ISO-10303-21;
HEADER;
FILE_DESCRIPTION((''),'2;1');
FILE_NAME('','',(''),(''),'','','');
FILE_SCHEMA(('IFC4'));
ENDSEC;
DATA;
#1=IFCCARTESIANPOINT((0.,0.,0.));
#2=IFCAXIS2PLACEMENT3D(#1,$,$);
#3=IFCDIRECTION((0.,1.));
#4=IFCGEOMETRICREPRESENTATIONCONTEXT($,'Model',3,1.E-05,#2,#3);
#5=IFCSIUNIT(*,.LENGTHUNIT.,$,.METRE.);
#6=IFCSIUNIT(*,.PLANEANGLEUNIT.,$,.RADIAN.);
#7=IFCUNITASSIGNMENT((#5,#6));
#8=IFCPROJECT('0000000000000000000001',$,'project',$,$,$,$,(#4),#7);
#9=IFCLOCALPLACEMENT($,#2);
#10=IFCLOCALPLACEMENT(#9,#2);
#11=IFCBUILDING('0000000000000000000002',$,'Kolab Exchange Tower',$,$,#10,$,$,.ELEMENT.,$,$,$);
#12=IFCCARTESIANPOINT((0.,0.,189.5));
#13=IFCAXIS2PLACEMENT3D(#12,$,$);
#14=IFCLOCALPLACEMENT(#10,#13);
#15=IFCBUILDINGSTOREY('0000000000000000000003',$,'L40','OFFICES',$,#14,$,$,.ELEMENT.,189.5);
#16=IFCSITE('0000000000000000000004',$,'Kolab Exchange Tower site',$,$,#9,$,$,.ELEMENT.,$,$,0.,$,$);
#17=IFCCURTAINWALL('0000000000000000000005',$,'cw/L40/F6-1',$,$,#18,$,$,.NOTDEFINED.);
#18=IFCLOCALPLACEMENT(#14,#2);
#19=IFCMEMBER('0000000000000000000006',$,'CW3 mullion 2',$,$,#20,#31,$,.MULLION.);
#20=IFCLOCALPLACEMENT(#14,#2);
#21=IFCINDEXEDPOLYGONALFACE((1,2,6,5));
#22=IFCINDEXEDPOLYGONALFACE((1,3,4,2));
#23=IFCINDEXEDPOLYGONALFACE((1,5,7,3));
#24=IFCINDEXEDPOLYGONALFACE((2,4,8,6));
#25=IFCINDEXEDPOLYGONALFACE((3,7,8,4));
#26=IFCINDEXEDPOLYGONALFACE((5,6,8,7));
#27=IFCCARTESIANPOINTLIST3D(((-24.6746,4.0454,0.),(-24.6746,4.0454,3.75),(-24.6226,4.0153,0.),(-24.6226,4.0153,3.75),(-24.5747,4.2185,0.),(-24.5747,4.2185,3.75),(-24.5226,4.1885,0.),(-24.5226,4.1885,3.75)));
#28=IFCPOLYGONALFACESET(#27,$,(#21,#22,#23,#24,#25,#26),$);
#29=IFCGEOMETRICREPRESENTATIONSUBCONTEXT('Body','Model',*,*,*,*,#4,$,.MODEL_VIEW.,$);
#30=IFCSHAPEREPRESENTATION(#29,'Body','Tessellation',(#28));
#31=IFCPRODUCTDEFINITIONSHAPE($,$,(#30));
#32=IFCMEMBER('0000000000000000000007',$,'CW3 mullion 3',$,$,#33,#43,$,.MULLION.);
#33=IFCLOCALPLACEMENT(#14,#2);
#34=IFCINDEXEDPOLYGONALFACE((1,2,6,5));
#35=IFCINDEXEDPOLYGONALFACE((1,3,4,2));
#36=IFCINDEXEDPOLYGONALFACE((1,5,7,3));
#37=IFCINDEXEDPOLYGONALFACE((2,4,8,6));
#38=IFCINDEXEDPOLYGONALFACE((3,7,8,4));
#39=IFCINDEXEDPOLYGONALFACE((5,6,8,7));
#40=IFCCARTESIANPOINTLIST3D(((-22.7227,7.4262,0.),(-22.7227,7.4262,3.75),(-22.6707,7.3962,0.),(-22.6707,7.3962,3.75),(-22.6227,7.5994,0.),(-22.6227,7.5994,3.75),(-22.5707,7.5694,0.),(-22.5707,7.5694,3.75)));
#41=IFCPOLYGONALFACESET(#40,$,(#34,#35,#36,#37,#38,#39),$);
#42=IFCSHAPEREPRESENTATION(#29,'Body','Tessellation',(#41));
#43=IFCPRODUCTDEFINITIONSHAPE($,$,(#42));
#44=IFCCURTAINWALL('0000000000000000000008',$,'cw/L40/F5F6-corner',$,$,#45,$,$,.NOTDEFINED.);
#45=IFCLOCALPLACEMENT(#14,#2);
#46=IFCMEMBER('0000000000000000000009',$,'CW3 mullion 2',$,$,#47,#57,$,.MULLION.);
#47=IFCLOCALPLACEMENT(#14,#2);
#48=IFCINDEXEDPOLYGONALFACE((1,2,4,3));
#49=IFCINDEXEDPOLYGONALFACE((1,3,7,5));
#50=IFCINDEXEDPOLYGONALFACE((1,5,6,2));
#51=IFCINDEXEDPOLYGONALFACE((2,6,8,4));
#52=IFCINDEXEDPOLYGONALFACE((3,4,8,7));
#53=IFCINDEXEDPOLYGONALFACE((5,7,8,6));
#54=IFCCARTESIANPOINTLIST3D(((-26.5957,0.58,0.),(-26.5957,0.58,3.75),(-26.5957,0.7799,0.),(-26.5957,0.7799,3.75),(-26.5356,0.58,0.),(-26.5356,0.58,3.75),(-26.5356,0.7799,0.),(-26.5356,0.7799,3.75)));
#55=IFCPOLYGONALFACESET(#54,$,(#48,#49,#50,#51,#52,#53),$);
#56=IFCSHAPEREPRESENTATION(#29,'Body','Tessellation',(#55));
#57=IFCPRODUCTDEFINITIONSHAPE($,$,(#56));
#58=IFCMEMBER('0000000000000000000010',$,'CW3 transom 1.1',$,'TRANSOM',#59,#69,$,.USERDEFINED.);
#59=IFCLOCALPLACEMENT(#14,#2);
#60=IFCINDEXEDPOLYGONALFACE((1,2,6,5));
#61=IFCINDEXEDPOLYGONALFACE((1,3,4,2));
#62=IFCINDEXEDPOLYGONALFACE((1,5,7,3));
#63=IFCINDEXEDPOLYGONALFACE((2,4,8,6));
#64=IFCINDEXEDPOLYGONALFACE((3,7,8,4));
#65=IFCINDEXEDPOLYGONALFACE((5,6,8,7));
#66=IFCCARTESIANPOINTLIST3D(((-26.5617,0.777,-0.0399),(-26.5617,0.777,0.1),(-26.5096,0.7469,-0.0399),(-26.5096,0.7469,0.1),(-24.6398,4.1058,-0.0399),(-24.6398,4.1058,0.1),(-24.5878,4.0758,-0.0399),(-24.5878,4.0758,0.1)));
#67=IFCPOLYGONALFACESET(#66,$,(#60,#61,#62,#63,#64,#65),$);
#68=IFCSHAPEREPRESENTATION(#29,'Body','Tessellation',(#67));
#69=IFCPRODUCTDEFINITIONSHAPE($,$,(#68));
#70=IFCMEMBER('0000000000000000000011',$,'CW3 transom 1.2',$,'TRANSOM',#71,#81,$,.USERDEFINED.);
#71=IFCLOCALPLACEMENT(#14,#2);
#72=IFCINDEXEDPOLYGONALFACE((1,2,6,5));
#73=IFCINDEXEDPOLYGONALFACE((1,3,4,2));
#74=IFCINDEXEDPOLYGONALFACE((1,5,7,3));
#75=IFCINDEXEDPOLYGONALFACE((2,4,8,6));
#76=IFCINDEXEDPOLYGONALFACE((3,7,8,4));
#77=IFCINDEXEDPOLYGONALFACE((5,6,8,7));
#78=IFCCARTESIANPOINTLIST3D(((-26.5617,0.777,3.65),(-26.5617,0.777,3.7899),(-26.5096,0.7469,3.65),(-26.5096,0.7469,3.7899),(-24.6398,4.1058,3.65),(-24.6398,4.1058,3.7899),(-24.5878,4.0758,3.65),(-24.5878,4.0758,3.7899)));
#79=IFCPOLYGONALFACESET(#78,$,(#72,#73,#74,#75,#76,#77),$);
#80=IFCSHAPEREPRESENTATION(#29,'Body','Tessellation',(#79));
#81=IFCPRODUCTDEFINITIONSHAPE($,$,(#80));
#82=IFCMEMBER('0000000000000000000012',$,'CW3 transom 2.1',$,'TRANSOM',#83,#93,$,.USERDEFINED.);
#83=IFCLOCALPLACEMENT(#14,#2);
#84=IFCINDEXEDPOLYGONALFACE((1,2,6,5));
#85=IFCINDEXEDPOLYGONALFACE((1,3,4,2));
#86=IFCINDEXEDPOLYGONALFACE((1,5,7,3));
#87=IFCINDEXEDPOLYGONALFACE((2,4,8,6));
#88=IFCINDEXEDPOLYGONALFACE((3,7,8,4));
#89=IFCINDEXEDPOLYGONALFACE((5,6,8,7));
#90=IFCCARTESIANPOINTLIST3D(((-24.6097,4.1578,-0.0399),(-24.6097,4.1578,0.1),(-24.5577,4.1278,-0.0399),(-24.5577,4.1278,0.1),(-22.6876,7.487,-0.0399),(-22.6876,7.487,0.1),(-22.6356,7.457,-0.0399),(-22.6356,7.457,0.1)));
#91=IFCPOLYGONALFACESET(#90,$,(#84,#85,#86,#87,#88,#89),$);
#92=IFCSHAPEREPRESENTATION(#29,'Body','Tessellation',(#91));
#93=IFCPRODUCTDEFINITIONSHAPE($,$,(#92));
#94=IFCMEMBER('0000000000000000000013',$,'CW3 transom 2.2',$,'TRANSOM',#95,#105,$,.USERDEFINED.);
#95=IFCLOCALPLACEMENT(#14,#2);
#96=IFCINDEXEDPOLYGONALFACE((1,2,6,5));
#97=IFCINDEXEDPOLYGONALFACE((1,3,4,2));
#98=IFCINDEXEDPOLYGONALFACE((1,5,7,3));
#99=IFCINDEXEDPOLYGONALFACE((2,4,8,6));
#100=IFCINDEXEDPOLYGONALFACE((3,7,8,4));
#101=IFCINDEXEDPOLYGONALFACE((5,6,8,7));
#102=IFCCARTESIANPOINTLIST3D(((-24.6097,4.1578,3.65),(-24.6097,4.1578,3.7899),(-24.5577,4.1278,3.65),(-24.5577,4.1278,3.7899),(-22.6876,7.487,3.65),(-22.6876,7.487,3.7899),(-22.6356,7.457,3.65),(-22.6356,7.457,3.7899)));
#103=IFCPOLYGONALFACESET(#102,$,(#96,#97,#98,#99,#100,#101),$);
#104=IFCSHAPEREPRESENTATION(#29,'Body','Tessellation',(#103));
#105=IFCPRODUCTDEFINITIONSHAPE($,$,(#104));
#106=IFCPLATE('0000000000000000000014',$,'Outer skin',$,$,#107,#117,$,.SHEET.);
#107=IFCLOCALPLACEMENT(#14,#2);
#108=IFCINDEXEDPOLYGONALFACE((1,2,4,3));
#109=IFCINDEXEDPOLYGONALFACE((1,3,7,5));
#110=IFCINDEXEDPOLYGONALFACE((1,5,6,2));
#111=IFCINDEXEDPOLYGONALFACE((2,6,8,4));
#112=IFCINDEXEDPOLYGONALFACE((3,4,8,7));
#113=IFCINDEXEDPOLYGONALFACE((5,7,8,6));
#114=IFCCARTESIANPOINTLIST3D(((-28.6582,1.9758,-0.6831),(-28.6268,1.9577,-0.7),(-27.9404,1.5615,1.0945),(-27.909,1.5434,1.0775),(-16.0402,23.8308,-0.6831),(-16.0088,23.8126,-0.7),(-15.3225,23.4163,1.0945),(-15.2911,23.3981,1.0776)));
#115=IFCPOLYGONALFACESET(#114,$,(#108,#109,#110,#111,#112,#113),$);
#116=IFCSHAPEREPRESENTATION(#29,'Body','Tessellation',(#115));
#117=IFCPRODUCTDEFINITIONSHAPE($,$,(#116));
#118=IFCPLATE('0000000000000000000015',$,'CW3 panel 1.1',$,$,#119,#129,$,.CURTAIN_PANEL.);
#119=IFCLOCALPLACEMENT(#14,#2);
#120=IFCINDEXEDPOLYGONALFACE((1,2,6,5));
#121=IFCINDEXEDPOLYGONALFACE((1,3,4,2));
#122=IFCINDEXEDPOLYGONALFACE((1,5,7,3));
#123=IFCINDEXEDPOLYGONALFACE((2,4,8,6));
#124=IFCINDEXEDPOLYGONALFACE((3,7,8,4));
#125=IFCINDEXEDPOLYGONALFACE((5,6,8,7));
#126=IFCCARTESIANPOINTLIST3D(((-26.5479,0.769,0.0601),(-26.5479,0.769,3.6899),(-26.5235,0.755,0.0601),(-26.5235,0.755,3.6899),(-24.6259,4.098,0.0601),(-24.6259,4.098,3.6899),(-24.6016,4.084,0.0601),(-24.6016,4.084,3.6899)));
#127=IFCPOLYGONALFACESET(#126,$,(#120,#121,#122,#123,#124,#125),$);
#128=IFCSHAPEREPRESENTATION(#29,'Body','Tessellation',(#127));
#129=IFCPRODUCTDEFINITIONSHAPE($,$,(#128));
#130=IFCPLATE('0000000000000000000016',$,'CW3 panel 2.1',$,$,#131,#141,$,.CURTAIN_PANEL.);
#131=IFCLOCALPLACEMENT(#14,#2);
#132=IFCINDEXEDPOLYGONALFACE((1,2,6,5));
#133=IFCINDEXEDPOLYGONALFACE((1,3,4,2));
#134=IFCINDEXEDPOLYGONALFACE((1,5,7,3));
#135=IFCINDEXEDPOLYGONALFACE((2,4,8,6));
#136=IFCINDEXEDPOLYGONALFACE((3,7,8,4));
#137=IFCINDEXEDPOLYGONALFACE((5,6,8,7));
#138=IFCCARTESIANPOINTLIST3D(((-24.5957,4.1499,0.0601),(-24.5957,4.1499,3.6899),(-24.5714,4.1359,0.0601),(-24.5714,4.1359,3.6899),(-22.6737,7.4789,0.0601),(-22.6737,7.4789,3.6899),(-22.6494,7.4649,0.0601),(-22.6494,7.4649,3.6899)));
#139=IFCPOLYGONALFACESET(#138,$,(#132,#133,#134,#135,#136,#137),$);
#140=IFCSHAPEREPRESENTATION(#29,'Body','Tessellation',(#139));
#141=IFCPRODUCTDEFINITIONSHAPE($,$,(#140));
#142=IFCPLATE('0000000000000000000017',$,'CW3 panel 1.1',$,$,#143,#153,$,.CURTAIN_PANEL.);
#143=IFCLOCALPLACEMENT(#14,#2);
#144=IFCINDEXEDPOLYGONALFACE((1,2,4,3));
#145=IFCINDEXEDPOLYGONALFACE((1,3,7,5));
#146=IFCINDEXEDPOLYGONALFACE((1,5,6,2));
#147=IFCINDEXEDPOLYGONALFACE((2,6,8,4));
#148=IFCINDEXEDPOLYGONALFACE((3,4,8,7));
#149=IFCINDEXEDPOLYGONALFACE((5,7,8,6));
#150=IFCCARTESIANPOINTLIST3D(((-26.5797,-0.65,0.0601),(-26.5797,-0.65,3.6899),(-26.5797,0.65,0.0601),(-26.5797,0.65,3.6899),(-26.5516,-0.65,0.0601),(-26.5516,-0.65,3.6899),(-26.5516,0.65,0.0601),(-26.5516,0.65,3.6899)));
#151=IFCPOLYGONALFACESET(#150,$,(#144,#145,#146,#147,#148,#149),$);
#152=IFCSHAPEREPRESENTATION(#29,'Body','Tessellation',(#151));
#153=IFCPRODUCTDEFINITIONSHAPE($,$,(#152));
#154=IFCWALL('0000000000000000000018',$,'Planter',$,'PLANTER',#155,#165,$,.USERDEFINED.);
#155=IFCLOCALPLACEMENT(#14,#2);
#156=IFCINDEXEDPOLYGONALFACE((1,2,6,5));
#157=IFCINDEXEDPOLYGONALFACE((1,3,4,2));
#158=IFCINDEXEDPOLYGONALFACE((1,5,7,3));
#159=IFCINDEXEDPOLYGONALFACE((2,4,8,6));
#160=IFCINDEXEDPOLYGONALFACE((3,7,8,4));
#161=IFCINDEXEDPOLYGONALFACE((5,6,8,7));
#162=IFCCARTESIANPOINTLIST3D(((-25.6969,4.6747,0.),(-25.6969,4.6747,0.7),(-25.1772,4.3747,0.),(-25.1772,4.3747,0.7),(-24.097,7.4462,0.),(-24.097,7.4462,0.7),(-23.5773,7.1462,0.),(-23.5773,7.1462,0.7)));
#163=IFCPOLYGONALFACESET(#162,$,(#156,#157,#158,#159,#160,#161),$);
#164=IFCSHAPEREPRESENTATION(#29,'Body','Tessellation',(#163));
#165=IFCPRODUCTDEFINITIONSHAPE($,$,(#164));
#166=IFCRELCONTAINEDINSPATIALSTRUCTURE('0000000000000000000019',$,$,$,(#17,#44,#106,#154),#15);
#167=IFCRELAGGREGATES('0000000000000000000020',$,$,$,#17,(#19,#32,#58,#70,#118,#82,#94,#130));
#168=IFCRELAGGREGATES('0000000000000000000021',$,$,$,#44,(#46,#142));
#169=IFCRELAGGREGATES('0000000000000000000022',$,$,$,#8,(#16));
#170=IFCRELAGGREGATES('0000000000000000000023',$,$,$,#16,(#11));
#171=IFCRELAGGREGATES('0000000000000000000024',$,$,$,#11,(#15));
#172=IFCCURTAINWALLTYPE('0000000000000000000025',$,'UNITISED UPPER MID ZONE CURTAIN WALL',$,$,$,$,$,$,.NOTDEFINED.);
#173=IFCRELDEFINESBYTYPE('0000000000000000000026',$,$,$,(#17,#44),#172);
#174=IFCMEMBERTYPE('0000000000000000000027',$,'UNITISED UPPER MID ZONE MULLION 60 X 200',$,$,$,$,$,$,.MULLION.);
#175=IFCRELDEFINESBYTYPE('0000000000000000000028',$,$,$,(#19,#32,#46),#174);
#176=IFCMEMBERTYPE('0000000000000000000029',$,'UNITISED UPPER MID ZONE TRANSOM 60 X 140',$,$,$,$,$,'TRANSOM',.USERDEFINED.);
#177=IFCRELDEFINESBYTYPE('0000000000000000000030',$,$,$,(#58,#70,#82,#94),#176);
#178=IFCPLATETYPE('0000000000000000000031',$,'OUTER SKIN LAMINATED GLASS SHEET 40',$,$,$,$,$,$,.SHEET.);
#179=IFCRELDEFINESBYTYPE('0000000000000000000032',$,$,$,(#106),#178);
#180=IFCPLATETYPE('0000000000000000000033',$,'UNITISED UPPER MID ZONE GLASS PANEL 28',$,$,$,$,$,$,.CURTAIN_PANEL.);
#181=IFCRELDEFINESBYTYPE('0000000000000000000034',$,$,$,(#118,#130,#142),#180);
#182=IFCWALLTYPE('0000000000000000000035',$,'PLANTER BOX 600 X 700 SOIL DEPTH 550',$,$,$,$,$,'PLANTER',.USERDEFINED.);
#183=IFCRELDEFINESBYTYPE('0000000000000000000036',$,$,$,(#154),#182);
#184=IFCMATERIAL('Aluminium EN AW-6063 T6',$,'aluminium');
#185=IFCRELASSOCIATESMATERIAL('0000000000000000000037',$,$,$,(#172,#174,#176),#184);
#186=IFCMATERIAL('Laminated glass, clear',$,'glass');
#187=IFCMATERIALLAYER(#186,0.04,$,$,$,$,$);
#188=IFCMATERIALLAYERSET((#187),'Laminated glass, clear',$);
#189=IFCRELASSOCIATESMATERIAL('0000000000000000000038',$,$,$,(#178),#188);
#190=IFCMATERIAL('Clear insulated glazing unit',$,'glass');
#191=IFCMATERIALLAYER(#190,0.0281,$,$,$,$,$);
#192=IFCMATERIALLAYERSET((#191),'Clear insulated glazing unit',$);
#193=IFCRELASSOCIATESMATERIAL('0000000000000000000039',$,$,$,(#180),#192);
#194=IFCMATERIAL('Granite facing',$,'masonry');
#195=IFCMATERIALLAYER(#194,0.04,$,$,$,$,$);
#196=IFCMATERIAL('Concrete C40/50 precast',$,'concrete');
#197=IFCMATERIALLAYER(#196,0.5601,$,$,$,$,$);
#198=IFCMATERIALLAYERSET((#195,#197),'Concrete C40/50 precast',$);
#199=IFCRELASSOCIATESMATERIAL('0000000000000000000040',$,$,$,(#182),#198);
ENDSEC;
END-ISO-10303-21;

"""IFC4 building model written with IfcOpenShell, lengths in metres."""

from ifc_helpers import new_model, si_unit, direction, frame, frame_2d, origin, origin_2d, place, context, subcontext, project, spatial, polyline, rectangle, outline, extrude, material, layer, layer_set, material_profile, profile_set, type_object, element, aggregate, save


model = new_model("IFC4")

# Units and contexts
model_context = context("Model", 3, precision=1e-05, world=origin(), true_north=direction((0.0, 1.0)))
body_context = subcontext(model_context, "Body", "Model", "MODEL_VIEW")
ifc_project = project(units=[si_unit("LENGTHUNIT", "METRE"), si_unit("PLANEANGLEUNIT", "RADIAN")], contexts=[model_context])

# Site, building, storey
site_placement = place(None, origin())
site = spatial("IfcSite", under=ifc_project, at=site_placement, Name="Kolab Exchange Tower site", CompositionType="ELEMENT", RefElevation=0.0)
building_placement = place(site_placement, origin())
building = spatial("IfcBuilding", under=site, at=building_placement, Name="Kolab Exchange Tower", CompositionType="ELEMENT")
storey_placement = place(building_placement, frame((0.0, 0.0, 189.5)))
storey = spatial("IfcBuildingStorey", under=building, at=storey_placement, Name="L40", Description="OFFICES", CompositionType="ELEMENT", Elevation=189.5)

# Curtain wall, members
ifc_material_1 = material(Name="Aluminium EN AW-6063 T6", Category="aluminium")
curtain_wall_type = type_object("IfcCurtainWallType", Name="UNITISED UPPER MID ZONE CURTAIN WALL", PredefinedType="NOTDEFINED", material=ifc_material_1)
curtain_wall_1_placement = place(storey_placement, origin())
curtain_wall_1 = element("IfcCurtainWall", 1, at=curtain_wall_1_placement, inside=storey, type_object=curtain_wall_type, Name="cw/L40/F6-1", PredefinedType="NOTDEFINED")
ifc_material_profile_1 = material_profile(ifc_material_1, rectangle(XDim=0.0601, YDim=0.2, at=origin_2d()), Name="RECT 60X200")
ifc_profile_set_1 = profile_set([ifc_material_profile_1], Name="Aluminium EN AW-6063 T6")
member_type_1 = type_object("IfcMemberType", Name="UNITISED UPPER MID ZONE MULLION 60 X 200", PredefinedType="MULLION", material=ifc_profile_set_1)
member_1_placement = place(storey_placement, frame((-24.5986, 4.1169, 0.0), z_axis=(0.0, 0.0, 1.0), x_axis=(-0.866025, 0.5, 0.0)))
member_1 = element("IfcMember", 2, at=member_1_placement, type_object=member_type_1, Name="CW3 mullion 2", PredefinedType="MULLION", context=body_context, shape_type="SweptSolid", body=[
    extrude(rectangle(XDim=0.0601, YDim=0.2, at=origin_2d()), origin(), (0.0, 0.0, 1.0), 3.75),
])
member_2_placement = place(storey_placement, frame((-22.6467, 7.4978, 0.0), z_axis=(0.0, 0.0, 1.0), x_axis=(-0.866025, 0.5, 0.0)))
member_2 = element("IfcMember", 3, at=member_2_placement, type_object=member_type_1, Name="CW3 mullion 3", PredefinedType="MULLION", context=body_context, shape_type="SweptSolid", body=[
    extrude(rectangle(XDim=0.0601, YDim=0.2, at=origin_2d()), origin(), (0.0, 0.0, 1.0), 3.75),
])

# Curtain wall, member
curtain_wall_2_placement = place(storey_placement, origin())
curtain_wall_2 = element("IfcCurtainWall", 4, at=curtain_wall_2_placement, inside=storey, type_object=curtain_wall_type, Name="cw/L40/F5F6-corner", PredefinedType="NOTDEFINED")
member_3_placement = place(storey_placement, frame((-26.5657, 0.6799, 0.0), z_axis=(0.0, 0.0, 1.0), x_axis=(-1.0, 0.0, 0.0)))
member_3 = element("IfcMember", 5, at=member_3_placement, type_object=member_type_1, Name="CW3 mullion 2", PredefinedType="MULLION", context=body_context, shape_type="SweptSolid", body=[
    extrude(rectangle(XDim=0.0601, YDim=0.2, at=origin_2d()), origin(), (0.0, 0.0, 1.0), 3.75),
])

# Members
ifc_material_profile_2 = material_profile(ifc_material_1, rectangle(XDim=0.0601, YDim=0.1399, at=origin_2d()), Name="RECT 60X140")
ifc_profile_set_2 = profile_set([ifc_material_profile_2], Name="Aluminium EN AW-6063 T6")
member_type_2 = type_object("IfcMemberType", Name="UNITISED UPPER MID ZONE TRANSOM 60 X 140", ElementType="TRANSOM", PredefinedType="USERDEFINED", material=ifc_profile_set_2)
member_4_placement = place(storey_placement, frame((-26.5356, 0.762, 0.03), z_axis=(0.499992, 0.86603, 0.0), x_axis=(-0.86603, 0.499992, 0.0)))
member_4 = element("IfcMember", 6, at=member_4_placement, type_object=member_type_2, Name="CW3 transom 1.1", ObjectType="TRANSOM", PredefinedType="USERDEFINED", context=body_context, shape_type="SweptSolid", body=[
    extrude(rectangle(XDim=0.0601, YDim=0.1399, at=origin_2d()), origin(), (0.0, 0.0, 1.0), 3.8438),
])
member_5_placement = place(storey_placement, frame((-26.5356, 0.762, 3.72), z_axis=(0.499992, 0.86603, 0.0), x_axis=(-0.86603, 0.499992, 0.0)))
member_5 = element("IfcMember", 7, at=member_5_placement, type_object=member_type_2, Name="CW3 transom 1.2", ObjectType="TRANSOM", PredefinedType="USERDEFINED", context=body_context, shape_type="SweptSolid", body=[
    extrude(rectangle(XDim=0.0601, YDim=0.1399, at=origin_2d()), origin(), (0.0, 0.0, 1.0), 3.8438),
])
member_6_placement = place(storey_placement, frame((-24.5837, 4.1428, 0.03), z_axis=(0.500012, 0.866018, 0.0), x_axis=(-0.866018, 0.500012, 0.0)))
member_6 = element("IfcMember", 8, at=member_6_placement, type_object=member_type_2, Name="CW3 transom 2.1", ObjectType="TRANSOM", PredefinedType="USERDEFINED", context=body_context, shape_type="SweptSolid", body=[
    extrude(rectangle(XDim=0.0601, YDim=0.1399, at=origin_2d()), origin(), (0.0, 0.0, 1.0), 3.8442),
])
member_7_placement = place(storey_placement, frame((-24.5837, 4.1428, 3.72), z_axis=(0.500012, 0.866018, 0.0), x_axis=(-0.866018, 0.500012, 0.0)))
member_7 = element("IfcMember", 9, at=member_7_placement, type_object=member_type_2, Name="CW3 transom 2.2", ObjectType="TRANSOM", PredefinedType="USERDEFINED", context=body_context, shape_type="SweptSolid", body=[
    extrude(rectangle(XDim=0.0601, YDim=0.1399, at=origin_2d()), origin(), (0.0, 0.0, 1.0), 3.8442),
])

# Plates
ifc_material_2 = material(Name="Laminated glass, clear", Category="glass")
ifc_layer_1 = layer(ifc_material_2, 0.04)
ifc_layer_set_1 = layer_set([ifc_layer_1], Name="Laminated glass, clear")
plate_type_1 = type_object("IfcPlateType", Name="OUTER SKIN LAMINATED GLASS SHEET 40", PredefinedType="SHEET", material=ifc_layer_set_1)
plate_1_placement = place(storey_placement, frame((-28.6582, 1.9758, -0.6831), z_axis=(-0.784899, 0.453162, 0.422585), x_axis=(0.5, 0.866025, -0.000001)))
element("IfcPlate", 10, at=plate_1_placement, inside=storey, type_object=plate_type_1, Name="Outer skin", PredefinedType="SHEET", context=body_context, shape_type="SweptSolid", body=[
    extrude(outline(polyline([(0.0, 0.0), (25.2359, 0.0), (25.2358, -1.9613), (0.0001, -1.9613), (0.0, 0.0)])), origin(), (0.0, 0.0, -1.0), 0.04),
])
ifc_material_3 = material(Name="Clear insulated glazing unit", Category="glass")
ifc_layer_2 = layer(ifc_material_3, 0.0281)
ifc_layer_set_2 = layer_set([ifc_layer_2], Name="Clear insulated glazing unit")
plate_type_2 = type_object("IfcPlateType", Name="UNITISED UPPER MID ZONE GLASS PANEL 28", PredefinedType="CURTAIN_PANEL", material=ifc_layer_set_2)
plate_2_placement = place(storey_placement, frame((-25.5747, 2.4265, 0.0601), z_axis=(0.0, 0.0, 1.0), x_axis=(0.5, 0.866025, 0.0)))
plate_2 = element("IfcPlate", 11, at=plate_2_placement, type_object=plate_type_2, Name="CW3 panel 1.1", PredefinedType="CURTAIN_PANEL", context=body_context, shape_type="SweptSolid", body=[
    extrude(rectangle(XDim=3.844, YDim=0.0281, at=origin_2d()), origin(), (0.0, 0.0, 1.0), 3.6299),
])
plate_3_placement = place(storey_placement, frame((-23.6226, 5.8074, 0.0601), z_axis=(0.0, 0.0, 1.0), x_axis=(0.5, 0.866025, 0.0)))
plate_3 = element("IfcPlate", 12, at=plate_3_placement, type_object=plate_type_2, Name="CW3 panel 2.1", PredefinedType="CURTAIN_PANEL", context=body_context, shape_type="SweptSolid", body=[
    extrude(rectangle(XDim=3.844, YDim=0.0281, at=origin_2d()), origin(), (0.0, 0.0, 1.0), 3.6299),
])
aggregate(curtain_wall_1, [member_1, member_2, member_4, member_5, plate_2, member_6, member_7, plate_3])
plate_4_placement = place(storey_placement, frame((-26.5657, 0.0, 0.0601), z_axis=(0.0, 0.0, 1.0), x_axis=(0.0, 1.0, 0.0)))
plate_4 = element("IfcPlate", 13, at=plate_4_placement, type_object=plate_type_2, Name="CW3 panel 1.1", PredefinedType="CURTAIN_PANEL", context=body_context, shape_type="SweptSolid", body=[
    extrude(rectangle(XDim=1.3, YDim=0.0281, at=origin_2d()), origin(), (0.0, 0.0, 1.0), 3.6299),
])
aggregate(curtain_wall_2, [member_3, plate_4])

# Wall
ifc_material_4 = material(Name="Granite facing", Category="masonry")
ifc_layer_3 = layer(ifc_material_4, 0.04)
ifc_material_5 = material(Name="Concrete C40/50 precast", Category="concrete")
ifc_layer_4 = layer(ifc_material_5, 0.5601)
ifc_layer_set_3 = layer_set([ifc_layer_3, ifc_layer_4], Name="Concrete C40/50 precast")
wall_type_1 = type_object("IfcWallType", Name="PLANTER BOX 600 X 700 SOIL DEPTH 550", ElementType="PLANTER", PredefinedType="USERDEFINED", material=ifc_layer_set_3)
wall_1_placement = place(storey_placement, frame((-25.437, 4.5247, 0.0), z_axis=(0.0, 0.0, 1.0), x_axis=(0.499938, 0.866061, 0.0)))
element("IfcWall", 14, at=wall_1_placement, inside=storey, type_object=wall_type_1, Name="Planter", ObjectType="PLANTER", PredefinedType="USERDEFINED", context=body_context, shape_type="SweptSolid", body=[
    extrude(rectangle(XDim=3.2002, YDim=0.6001, at=frame_2d((1.6001, 0.0))), origin(), (0.0, 0.0, 1.0), 0.7),
])

save(model, "model.ifc")
